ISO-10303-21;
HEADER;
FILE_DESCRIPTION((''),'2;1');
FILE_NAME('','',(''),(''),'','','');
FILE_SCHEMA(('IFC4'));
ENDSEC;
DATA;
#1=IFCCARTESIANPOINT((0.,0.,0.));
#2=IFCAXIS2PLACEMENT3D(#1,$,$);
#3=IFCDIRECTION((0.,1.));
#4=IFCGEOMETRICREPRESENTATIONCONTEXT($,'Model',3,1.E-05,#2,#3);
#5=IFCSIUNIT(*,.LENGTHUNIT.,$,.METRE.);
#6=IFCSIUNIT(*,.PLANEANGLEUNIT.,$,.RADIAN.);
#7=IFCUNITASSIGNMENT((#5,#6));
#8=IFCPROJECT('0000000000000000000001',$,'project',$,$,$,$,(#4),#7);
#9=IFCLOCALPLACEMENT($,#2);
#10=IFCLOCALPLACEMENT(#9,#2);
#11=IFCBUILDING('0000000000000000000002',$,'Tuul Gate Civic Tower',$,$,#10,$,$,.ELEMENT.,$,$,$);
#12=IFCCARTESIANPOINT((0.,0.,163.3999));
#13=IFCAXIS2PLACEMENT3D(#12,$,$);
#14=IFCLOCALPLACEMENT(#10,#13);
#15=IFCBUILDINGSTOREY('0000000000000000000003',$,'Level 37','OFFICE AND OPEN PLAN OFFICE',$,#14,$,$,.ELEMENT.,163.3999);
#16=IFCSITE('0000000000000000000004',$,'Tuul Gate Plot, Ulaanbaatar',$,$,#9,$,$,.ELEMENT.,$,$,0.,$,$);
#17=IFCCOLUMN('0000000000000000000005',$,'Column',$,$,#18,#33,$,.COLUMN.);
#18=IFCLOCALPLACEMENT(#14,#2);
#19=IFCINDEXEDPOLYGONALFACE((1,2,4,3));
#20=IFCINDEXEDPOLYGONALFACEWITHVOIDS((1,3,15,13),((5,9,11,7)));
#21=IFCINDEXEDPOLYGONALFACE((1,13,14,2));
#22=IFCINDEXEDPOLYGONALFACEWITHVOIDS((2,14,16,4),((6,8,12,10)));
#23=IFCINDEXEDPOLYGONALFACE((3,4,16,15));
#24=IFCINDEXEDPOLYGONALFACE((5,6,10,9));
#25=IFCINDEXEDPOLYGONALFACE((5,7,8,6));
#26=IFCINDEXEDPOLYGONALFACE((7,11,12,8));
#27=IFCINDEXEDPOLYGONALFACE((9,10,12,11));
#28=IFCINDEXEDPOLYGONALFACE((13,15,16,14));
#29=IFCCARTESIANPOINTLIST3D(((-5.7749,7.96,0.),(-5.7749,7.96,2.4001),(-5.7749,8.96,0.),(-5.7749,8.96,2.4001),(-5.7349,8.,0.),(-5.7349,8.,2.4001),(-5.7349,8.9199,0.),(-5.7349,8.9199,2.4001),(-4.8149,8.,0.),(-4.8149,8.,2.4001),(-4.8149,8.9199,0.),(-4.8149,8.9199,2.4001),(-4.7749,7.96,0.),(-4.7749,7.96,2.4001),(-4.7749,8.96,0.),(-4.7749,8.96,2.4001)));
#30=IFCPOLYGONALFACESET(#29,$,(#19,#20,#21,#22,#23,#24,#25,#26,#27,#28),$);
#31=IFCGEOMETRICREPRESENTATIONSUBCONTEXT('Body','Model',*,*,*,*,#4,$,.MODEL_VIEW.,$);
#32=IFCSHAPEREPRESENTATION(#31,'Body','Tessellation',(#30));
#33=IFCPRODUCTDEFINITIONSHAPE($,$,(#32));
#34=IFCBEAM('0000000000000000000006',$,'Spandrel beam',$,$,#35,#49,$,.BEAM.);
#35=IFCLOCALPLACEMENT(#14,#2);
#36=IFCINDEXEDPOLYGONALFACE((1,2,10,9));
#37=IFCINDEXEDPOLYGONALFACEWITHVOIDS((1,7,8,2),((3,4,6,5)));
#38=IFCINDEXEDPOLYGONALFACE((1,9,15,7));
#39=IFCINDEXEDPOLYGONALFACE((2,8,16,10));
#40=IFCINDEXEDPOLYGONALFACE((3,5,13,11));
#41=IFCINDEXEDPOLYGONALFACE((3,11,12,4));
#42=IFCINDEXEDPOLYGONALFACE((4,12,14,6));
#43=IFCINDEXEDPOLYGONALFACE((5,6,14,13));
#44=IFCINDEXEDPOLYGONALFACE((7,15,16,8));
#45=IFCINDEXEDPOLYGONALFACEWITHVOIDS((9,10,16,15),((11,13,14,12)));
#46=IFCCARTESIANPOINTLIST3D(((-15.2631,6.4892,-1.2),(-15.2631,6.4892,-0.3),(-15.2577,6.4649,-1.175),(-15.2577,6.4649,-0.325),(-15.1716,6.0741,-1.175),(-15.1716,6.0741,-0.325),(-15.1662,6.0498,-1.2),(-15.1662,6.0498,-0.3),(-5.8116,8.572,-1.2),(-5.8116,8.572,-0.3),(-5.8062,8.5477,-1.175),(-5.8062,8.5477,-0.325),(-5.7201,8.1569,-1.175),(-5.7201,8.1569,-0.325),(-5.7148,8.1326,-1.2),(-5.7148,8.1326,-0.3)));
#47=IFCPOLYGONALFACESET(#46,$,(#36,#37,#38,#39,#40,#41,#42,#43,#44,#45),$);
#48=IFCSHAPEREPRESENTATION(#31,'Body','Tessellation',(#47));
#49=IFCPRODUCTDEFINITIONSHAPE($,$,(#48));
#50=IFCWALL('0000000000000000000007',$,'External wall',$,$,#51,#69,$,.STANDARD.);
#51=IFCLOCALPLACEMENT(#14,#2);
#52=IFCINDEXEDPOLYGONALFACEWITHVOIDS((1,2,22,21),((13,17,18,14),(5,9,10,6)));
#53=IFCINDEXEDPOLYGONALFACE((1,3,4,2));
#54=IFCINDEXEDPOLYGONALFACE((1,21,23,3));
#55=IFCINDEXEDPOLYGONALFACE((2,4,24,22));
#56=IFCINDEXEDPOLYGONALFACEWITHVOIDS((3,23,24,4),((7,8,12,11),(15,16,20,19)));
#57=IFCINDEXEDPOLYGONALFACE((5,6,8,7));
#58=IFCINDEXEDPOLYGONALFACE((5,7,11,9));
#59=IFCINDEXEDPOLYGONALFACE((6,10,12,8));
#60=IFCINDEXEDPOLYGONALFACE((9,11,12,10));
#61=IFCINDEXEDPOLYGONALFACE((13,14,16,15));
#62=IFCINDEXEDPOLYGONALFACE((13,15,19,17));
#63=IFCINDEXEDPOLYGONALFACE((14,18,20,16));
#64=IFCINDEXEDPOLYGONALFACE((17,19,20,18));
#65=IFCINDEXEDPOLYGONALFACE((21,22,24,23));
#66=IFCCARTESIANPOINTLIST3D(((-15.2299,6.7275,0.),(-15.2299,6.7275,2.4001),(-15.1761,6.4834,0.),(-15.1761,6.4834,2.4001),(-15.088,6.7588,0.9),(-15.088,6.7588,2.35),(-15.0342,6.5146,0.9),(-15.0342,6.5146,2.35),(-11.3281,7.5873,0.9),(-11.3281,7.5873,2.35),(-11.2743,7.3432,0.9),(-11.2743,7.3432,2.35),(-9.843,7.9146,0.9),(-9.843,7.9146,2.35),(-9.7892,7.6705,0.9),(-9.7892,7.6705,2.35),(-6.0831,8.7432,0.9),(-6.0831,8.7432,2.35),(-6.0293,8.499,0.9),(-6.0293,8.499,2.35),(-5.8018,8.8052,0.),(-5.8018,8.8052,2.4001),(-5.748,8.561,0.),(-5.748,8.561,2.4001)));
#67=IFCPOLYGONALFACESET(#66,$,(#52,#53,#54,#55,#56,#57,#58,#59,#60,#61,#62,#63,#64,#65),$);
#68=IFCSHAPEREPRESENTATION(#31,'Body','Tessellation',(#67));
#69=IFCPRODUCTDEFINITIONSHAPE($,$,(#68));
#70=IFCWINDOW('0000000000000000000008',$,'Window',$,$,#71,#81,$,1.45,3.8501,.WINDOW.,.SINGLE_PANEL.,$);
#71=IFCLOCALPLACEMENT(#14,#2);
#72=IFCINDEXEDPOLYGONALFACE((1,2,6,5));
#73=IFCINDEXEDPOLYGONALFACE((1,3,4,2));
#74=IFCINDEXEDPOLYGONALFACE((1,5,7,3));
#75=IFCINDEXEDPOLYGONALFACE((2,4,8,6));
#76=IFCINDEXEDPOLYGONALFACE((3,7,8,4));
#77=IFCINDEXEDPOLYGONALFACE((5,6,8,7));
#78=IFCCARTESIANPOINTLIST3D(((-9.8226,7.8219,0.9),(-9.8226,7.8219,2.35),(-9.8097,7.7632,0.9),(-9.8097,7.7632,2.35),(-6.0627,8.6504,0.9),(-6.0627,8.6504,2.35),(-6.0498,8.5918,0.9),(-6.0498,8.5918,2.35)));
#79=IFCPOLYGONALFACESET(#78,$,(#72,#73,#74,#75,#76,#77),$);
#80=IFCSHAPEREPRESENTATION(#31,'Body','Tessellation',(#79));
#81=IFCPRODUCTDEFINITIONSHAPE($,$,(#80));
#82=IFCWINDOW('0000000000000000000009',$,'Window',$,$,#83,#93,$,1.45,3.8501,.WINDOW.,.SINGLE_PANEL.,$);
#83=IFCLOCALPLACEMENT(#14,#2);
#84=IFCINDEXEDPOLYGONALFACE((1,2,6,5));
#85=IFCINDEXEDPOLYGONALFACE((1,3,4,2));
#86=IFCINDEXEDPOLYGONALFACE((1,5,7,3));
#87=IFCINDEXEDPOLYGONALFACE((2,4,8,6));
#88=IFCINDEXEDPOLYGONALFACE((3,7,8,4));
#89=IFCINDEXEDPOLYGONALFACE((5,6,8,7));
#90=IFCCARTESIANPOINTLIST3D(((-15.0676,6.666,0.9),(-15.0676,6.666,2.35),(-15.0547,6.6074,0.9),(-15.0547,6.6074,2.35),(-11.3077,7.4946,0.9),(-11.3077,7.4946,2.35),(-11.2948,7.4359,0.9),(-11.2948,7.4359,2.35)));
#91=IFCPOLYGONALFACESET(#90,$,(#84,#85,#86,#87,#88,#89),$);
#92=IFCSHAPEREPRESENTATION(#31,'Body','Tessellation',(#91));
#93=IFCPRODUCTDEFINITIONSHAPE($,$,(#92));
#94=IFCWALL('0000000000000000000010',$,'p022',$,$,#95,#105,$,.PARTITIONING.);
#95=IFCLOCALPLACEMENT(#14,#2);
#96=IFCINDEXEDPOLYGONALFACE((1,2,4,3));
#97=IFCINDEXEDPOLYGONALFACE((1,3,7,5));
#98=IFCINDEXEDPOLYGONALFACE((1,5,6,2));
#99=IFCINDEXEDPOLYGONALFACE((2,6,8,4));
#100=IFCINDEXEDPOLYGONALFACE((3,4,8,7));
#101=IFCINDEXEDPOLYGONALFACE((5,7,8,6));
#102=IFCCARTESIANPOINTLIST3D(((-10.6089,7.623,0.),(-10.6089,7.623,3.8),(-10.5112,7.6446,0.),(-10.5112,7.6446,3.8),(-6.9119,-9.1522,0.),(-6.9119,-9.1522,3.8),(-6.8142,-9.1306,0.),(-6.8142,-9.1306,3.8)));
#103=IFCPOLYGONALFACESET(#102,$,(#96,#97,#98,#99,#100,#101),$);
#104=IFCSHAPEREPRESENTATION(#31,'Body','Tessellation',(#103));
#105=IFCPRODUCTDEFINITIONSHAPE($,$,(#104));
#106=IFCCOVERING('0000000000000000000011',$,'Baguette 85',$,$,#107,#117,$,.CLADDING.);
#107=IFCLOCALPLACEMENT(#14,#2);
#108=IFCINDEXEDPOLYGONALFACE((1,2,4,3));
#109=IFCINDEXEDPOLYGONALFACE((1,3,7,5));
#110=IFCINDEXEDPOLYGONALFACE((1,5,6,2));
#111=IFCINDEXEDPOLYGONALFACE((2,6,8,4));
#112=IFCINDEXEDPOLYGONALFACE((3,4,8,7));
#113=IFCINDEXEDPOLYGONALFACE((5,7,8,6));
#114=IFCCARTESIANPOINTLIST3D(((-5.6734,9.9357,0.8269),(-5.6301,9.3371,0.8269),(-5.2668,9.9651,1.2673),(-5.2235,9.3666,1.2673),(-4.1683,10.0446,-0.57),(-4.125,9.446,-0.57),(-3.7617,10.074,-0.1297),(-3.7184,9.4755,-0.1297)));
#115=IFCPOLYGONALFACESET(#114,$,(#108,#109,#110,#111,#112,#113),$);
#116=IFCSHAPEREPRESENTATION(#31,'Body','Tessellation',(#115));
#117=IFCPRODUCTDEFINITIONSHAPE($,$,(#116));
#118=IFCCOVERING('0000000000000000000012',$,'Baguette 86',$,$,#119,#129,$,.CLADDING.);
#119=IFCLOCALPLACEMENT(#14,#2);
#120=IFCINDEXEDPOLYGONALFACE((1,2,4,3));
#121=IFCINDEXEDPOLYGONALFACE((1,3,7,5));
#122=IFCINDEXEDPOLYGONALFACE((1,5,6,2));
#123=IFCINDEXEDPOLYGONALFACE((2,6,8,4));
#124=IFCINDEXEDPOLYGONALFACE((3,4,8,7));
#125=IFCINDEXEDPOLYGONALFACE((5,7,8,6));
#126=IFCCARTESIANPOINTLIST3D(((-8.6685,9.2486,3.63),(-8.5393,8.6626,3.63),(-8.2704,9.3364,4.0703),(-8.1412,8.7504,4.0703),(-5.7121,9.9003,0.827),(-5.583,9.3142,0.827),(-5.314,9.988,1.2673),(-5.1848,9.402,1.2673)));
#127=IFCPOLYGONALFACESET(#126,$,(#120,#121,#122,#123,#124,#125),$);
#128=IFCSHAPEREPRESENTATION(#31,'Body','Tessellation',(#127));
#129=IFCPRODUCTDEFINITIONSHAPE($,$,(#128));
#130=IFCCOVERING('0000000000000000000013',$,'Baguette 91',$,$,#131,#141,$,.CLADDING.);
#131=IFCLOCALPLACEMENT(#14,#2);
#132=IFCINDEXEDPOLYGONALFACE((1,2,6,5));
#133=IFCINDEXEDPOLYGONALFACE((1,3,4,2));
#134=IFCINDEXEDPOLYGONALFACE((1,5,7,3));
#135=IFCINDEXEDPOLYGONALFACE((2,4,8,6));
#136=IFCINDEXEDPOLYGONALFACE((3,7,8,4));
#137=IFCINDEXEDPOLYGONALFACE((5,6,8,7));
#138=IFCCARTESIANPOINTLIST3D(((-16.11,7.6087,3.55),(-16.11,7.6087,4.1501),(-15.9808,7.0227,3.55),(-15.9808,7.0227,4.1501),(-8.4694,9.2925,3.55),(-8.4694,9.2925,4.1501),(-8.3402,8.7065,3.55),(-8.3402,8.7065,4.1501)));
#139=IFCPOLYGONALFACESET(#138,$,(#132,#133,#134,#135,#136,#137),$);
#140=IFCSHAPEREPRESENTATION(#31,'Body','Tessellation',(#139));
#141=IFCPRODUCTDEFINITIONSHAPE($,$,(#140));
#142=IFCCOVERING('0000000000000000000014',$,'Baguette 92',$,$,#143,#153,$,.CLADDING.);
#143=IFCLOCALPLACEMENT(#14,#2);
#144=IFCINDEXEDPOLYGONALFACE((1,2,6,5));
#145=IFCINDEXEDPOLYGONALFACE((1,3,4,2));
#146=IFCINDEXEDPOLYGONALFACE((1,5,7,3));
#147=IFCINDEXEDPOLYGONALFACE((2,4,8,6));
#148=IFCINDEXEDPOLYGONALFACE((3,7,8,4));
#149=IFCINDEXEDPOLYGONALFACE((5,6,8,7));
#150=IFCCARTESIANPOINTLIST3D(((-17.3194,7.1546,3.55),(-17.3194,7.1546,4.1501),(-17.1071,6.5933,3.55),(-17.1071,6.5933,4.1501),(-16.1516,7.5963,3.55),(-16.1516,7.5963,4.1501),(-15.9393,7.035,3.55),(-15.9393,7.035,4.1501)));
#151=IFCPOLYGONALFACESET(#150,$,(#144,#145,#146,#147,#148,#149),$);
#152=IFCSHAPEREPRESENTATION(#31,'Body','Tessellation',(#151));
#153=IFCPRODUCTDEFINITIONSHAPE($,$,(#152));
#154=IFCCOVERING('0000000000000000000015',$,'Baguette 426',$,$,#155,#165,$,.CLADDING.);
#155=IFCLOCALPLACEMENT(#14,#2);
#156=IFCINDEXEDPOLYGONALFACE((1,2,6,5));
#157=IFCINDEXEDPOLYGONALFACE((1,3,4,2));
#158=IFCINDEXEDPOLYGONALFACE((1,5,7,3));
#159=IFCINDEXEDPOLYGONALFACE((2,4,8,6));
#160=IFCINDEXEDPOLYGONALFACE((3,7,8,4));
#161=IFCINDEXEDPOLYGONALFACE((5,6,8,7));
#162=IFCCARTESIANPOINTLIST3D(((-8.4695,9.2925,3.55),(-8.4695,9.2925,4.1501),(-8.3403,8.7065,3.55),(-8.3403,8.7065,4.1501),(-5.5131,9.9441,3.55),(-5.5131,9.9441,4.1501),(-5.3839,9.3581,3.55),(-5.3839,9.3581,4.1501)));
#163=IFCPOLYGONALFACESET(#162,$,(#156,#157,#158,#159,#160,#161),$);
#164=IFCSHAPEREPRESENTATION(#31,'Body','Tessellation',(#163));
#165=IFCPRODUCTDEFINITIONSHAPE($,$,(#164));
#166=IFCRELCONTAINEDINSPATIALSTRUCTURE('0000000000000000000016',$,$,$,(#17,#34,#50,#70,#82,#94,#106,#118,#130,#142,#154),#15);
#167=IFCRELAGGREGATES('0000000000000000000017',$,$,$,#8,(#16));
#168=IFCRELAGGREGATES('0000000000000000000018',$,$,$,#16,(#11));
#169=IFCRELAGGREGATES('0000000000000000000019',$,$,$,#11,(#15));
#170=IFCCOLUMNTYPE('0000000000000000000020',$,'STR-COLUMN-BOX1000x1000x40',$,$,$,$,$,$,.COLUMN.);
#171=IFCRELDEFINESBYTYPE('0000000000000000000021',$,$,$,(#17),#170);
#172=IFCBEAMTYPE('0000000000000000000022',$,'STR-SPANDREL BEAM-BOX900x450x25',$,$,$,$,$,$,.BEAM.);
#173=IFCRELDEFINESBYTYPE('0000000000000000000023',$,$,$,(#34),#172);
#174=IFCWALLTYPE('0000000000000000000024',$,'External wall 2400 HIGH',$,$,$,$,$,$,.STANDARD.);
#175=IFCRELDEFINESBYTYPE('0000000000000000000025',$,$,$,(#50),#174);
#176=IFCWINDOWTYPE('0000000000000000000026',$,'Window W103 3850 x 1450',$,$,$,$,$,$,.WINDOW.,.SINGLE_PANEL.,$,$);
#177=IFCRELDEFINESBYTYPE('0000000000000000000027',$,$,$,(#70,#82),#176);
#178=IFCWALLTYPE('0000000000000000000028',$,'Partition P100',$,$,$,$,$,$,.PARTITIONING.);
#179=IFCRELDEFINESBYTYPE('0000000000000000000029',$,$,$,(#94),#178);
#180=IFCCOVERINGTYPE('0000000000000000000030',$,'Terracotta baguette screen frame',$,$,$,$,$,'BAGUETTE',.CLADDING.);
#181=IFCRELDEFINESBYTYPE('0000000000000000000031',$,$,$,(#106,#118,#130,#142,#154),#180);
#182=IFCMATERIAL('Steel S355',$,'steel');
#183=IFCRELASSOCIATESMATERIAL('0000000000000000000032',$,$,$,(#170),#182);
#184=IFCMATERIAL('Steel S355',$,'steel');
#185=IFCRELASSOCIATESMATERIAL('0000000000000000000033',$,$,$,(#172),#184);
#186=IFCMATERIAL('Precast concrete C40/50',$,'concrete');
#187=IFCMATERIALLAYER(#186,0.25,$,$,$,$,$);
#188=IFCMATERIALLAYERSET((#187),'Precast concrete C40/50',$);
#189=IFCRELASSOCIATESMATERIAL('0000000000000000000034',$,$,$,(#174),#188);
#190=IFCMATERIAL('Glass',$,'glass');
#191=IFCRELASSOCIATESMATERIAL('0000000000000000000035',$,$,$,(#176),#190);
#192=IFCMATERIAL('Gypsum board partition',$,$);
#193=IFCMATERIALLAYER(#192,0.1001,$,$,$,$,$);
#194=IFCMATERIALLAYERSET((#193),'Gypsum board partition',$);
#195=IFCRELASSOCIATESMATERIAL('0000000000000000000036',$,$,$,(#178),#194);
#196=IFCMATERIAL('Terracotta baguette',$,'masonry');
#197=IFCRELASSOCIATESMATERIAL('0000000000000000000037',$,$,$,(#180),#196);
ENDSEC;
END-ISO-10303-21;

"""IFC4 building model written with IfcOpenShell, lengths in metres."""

from ifc_helpers import new_model, si_unit, direction, frame, frame_2d, origin, origin_2d, place, context, subcontext, project, spatial, rectangle, hollow_rectangle, extrude, material, layer, layer_set, material_profile, profile_set, type_object, element, fill, save


model = new_model("IFC4")

# Units and contexts
model_context = context("Model", 3, precision=1e-05, world=origin(), true_north=direction((0.0, 1.0)))
body_context = subcontext(model_context, "Body", "Model", "MODEL_VIEW")
ifc_project = project(units=[si_unit("LENGTHUNIT", "METRE"), si_unit("PLANEANGLEUNIT", "RADIAN")], contexts=[model_context])

# Site, building, storey
site_placement = place(None, origin())
site = spatial("IfcSite", under=ifc_project, at=site_placement, Name="Tuul Gate Plot, Ulaanbaatar", CompositionType="ELEMENT", RefElevation=0.0)
building_placement = place(site_placement, origin())
building = spatial("IfcBuilding", under=site, at=building_placement, Name="Tuul Gate Civic Tower", CompositionType="ELEMENT")
storey_placement = place(building_placement, frame((0.0, 0.0, 163.3999)))
storey = spatial("IfcBuildingStorey", under=building, at=storey_placement, Name="Level 37", Description="OFFICE AND OPEN PLAN OFFICE", CompositionType="ELEMENT", Elevation=163.3999)

# Column
ifc_material_1 = material(Name="Steel S355", Category="steel")
ifc_material_profile_1 = material_profile(ifc_material_1, hollow_rectangle(XDim=1.0, YDim=1.0, WallThickness=0.04, at=origin_2d()), Name="BOX1000x1000x40")
ifc_profile_set_1 = profile_set([ifc_material_profile_1], Name="Steel S355")
column_type = type_object("IfcColumnType", Name="STR-COLUMN-BOX1000x1000x40", PredefinedType="COLUMN", material=ifc_profile_set_1)
column_placement = place(storey_placement, frame((-5.2749, 8.46, 0.0), z_axis=(0.0, 0.0, 1.0), x_axis=(1.0, 0.0, 0.0)))
element("IfcColumn", 1, at=column_placement, inside=storey, type_object=column_type, Name="Column", PredefinedType="COLUMN", context=body_context, shape_type="SweptSolid", body=[
    extrude(hollow_rectangle(XDim=1.0, YDim=1.0, WallThickness=0.04, at=origin_2d()), origin(), (0.0, 0.0, 1.0), 2.4001),
])

# Beam
ifc_material_2 = material(Name="Steel S355", Category="steel")
ifc_material_profile_2 = material_profile(ifc_material_2, hollow_rectangle(XDim=0.45, YDim=0.8999, WallThickness=0.0249, at=origin_2d()), Name="BOX900x450x25")
ifc_profile_set_2 = profile_set([ifc_material_profile_2], Name="Steel S355")
beam_type = type_object("IfcBeamType", Name="STR-SPANDREL BEAM-BOX900x450x25", PredefinedType="BEAM", material=ifc_profile_set_2)
beam_placement = place(storey_placement, frame((-5.7632, 8.3523, -0.75), z_axis=(-0.97657, -0.215202, 0.0), x_axis=(0.215202, -0.97657, 0.0)))
element("IfcBeam", 2, at=beam_placement, inside=storey, type_object=beam_type, Name="Spandrel beam", PredefinedType="BEAM", context=body_context, shape_type="SweptSolid", body=[
    extrude(hollow_rectangle(XDim=0.45, YDim=0.8999, WallThickness=0.0249, at=origin_2d()), origin(), (0.0, 0.0, 1.0), 9.6782),
])

# Wall, openings, windows
ifc_material_3 = material(Name="Precast concrete C40/50", Category="concrete")
ifc_layer_1 = layer(ifc_material_3, 0.25)
ifc_layer_set_1 = layer_set([ifc_layer_1], Name="Precast concrete C40/50")
wall_type_1 = type_object("IfcWallType", Name="External wall 2400 HIGH", PredefinedType="STANDARD", material=ifc_layer_set_1)
wall_1_placement = place(storey_placement, frame((-5.7749, 8.6831, 0.0), z_axis=(0.0, 0.0, 1.0), x_axis=(-0.976569, -0.215206, 0.0)))
wall_1 = element("IfcWall", 3, at=wall_1_placement, inside=storey, type_object=wall_type_1, Name="External wall", PredefinedType="STANDARD", context=body_context, shape_type="SweptSolid", body=[
    extrude(rectangle(XDim=9.6543, YDim=0.25, at=frame_2d((4.8271, 0.0))), origin(), (0.0, 0.0, 1.0), 2.4001),
])
opening_1_placement = place(wall_1_placement, frame((0.2881, 0.0, 0.8999)))
opening_1 = element("IfcOpeningElement", 4, at=opening_1_placement, cuts=wall_1, PredefinedType="OPENING", context=body_context, shape_type="SweptSolid", body=[
    extrude(rectangle(XDim=3.8501, YDim=1.45, at=frame_2d((1.925, 0.7251))), frame((0.0, 0.135, 0.0), z_axis=(0.0, -1.0, 0.0), x_axis=(1.0, 0.0, 0.0)), (0.0, 0.0, 1.0), 0.27),
])
opening_2_placement = place(wall_1_placement, frame((5.6589, 0.0, 0.8999)))
opening_2 = element("IfcOpeningElement", 5, at=opening_2_placement, cuts=wall_1, PredefinedType="OPENING", context=body_context, shape_type="SweptSolid", body=[
    extrude(rectangle(XDim=3.8501, YDim=1.45, at=frame_2d((1.925, 0.7251))), frame((0.0, 0.135, 0.0), z_axis=(0.0, -1.0, 0.0), x_axis=(1.0, 0.0, 0.0)), (0.0, 0.0, 1.0), 0.27),
])
ifc_material_4 = material(Name="Glass", Category="glass")
window_type = type_object("IfcWindowType", Name="Window W103 3850 x 1450", PartitioningType="SINGLE_PANEL", PredefinedType="WINDOW", material=ifc_material_4)
window_1_placement = place(opening_1_placement, origin())
window_1 = element("IfcWindow", 6, at=window_1_placement, inside=storey, type_object=window_type, Name="Window", OverallHeight=1.45, OverallWidth=3.8501, PartitioningType="SINGLE_PANEL", PredefinedType="WINDOW", context=body_context, shape_type="SweptSolid", body=[
    extrude(rectangle(XDim=3.8501, YDim=1.45, at=frame_2d((1.925, 0.7251))), frame((0.0, 0.03, 0.0), z_axis=(0.0, -1.0, 0.0), x_axis=(1.0, 0.0, 0.0)), (0.0, 0.0, 1.0), 0.0601),
])
fill(opening_1, window_1)
window_2_placement = place(opening_2_placement, origin())
window_2 = element("IfcWindow", 7, at=window_2_placement, inside=storey, type_object=window_type, Name="Window", OverallHeight=1.45, OverallWidth=3.8501, PartitioningType="SINGLE_PANEL", PredefinedType="WINDOW", context=body_context, shape_type="SweptSolid", body=[
    extrude(rectangle(XDim=3.8501, YDim=1.45, at=frame_2d((1.925, 0.7251))), frame((0.0, 0.03, 0.0), z_axis=(0.0, -1.0, 0.0), x_axis=(1.0, 0.0, 0.0)), (0.0, 0.0, 1.0), 0.0601),
])
fill(opening_2, window_2)

# Wall
ifc_material_5 = material(Name="Gypsum board partition")
ifc_layer_2 = layer(ifc_material_5, 0.1001)
ifc_layer_set_2 = layer_set([ifc_layer_2], Name="Gypsum board partition")
wall_type_2 = type_object("IfcWallType", Name="Partition P100", PredefinedType="PARTITIONING", material=ifc_layer_set_2)
wall_2_placement = place(storey_placement, frame((-10.5601, 7.6338, 0.0), z_axis=(0.0, 0.0, 1.0), x_axis=(0.215222, -0.976565, 0.0)))
element("IfcWall", 8, at=wall_2_placement, inside=storey, type_object=wall_type_2, Name="p022", PredefinedType="PARTITIONING", context=body_context, shape_type="SweptSolid", body=[
    extrude(rectangle(XDim=17.1777, YDim=0.1001, at=frame_2d((8.5889, 0.0))), origin(), (0.0, 0.0, 1.0), 3.8),
])

# Coverings
ifc_material_6 = material(Name="Terracotta baguette", Category="masonry")
ifc_material_profile_3 = material_profile(ifc_material_6, rectangle(XDim=0.6001, YDim=0.6001, at=origin_2d()), Name="Terracotta baguette screen frame")
ifc_profile_set_3 = profile_set([ifc_material_profile_3], Name="Terracotta baguette")
covering_type = type_object("IfcCoveringType", Name="Terracotta baguette screen frame", ElementType="BAGUETTE", PredefinedType="CLADDING", material=ifc_profile_set_3)
covering_1_placement = place(storey_placement, frame((-3.9434, 9.76, -0.3499), z_axis=(-0.731922, -0.05295, 0.679328), x_axis=(0.072155, -0.997393, 0.0)))
element("IfcCovering", 9, at=covering_1_placement, inside=storey, type_object=covering_type, Name="Baguette 85", PredefinedType="CLADDING", context=body_context, shape_type="SweptSolid", body=[
    extrude(rectangle(XDim=0.6001, YDim=0.6001, at=origin_2d()), origin(), (0.0, 0.0, 1.0), 2.0564),
])
covering_2_placement = place(storey_placement, frame((-5.4485, 9.6511, 1.0471), z_axis=(-0.716566, -0.157941, 0.679403), x_axis=(0.215248, -0.976559, 0.0)))
element("IfcCovering", 10, at=covering_2_placement, inside=storey, type_object=covering_type, Name="Baguette 86", PredefinedType="CLADDING", context=body_context, shape_type="SweptSolid", body=[
    extrude(rectangle(XDim=0.6001, YDim=0.6001, at=origin_2d()), origin(), (0.0, 0.0, 1.0), 4.1257),
])
covering_3_placement = place(storey_placement, frame((-8.4048, 8.9995, 3.8501), z_axis=(-0.976567, -0.215215, 0.0), x_axis=(0.215215, -0.976567, 0.0)))
element("IfcCovering", 11, at=covering_3_placement, inside=storey, type_object=covering_type, Name="Baguette 91", PredefinedType="CLADDING", context=body_context, shape_type="SweptSolid", body=[
    extrude(rectangle(XDim=0.6001, YDim=0.6001, at=origin_2d()), origin(), (0.0, 0.0, 1.0), 7.824),
])
covering_4_placement = place(storey_placement, frame((-16.0454, 7.3157, 3.8501), z_axis=(-0.935337, -0.353758, 0.0), x_axis=(0.353758, -0.935337, 0.0)))
element("IfcCovering", 12, at=covering_4_placement, inside=storey, type_object=covering_type, Name="Baguette 92", PredefinedType="CLADDING", context=body_context, shape_type="SweptSolid", body=[
    extrude(rectangle(XDim=0.6001, YDim=0.6001, at=origin_2d()), origin(), (0.0, 0.0, 1.0), 1.2485),
])
covering_5_placement = place(storey_placement, frame((-5.4485, 9.6511, 3.8501), z_axis=(-0.976559, -0.215248, 0.0), x_axis=(0.215248, -0.976559, 0.0)))
element("IfcCovering", 13, at=covering_5_placement, inside=storey, type_object=covering_type, Name="Baguette 426", PredefinedType="CLADDING", context=body_context, shape_type="SweptSolid", body=[
    extrude(rectangle(XDim=0.6001, YDim=0.6001, at=origin_2d()), origin(), (0.0, 0.0, 1.0), 3.0273),
])

save(model, "model.ifc")
